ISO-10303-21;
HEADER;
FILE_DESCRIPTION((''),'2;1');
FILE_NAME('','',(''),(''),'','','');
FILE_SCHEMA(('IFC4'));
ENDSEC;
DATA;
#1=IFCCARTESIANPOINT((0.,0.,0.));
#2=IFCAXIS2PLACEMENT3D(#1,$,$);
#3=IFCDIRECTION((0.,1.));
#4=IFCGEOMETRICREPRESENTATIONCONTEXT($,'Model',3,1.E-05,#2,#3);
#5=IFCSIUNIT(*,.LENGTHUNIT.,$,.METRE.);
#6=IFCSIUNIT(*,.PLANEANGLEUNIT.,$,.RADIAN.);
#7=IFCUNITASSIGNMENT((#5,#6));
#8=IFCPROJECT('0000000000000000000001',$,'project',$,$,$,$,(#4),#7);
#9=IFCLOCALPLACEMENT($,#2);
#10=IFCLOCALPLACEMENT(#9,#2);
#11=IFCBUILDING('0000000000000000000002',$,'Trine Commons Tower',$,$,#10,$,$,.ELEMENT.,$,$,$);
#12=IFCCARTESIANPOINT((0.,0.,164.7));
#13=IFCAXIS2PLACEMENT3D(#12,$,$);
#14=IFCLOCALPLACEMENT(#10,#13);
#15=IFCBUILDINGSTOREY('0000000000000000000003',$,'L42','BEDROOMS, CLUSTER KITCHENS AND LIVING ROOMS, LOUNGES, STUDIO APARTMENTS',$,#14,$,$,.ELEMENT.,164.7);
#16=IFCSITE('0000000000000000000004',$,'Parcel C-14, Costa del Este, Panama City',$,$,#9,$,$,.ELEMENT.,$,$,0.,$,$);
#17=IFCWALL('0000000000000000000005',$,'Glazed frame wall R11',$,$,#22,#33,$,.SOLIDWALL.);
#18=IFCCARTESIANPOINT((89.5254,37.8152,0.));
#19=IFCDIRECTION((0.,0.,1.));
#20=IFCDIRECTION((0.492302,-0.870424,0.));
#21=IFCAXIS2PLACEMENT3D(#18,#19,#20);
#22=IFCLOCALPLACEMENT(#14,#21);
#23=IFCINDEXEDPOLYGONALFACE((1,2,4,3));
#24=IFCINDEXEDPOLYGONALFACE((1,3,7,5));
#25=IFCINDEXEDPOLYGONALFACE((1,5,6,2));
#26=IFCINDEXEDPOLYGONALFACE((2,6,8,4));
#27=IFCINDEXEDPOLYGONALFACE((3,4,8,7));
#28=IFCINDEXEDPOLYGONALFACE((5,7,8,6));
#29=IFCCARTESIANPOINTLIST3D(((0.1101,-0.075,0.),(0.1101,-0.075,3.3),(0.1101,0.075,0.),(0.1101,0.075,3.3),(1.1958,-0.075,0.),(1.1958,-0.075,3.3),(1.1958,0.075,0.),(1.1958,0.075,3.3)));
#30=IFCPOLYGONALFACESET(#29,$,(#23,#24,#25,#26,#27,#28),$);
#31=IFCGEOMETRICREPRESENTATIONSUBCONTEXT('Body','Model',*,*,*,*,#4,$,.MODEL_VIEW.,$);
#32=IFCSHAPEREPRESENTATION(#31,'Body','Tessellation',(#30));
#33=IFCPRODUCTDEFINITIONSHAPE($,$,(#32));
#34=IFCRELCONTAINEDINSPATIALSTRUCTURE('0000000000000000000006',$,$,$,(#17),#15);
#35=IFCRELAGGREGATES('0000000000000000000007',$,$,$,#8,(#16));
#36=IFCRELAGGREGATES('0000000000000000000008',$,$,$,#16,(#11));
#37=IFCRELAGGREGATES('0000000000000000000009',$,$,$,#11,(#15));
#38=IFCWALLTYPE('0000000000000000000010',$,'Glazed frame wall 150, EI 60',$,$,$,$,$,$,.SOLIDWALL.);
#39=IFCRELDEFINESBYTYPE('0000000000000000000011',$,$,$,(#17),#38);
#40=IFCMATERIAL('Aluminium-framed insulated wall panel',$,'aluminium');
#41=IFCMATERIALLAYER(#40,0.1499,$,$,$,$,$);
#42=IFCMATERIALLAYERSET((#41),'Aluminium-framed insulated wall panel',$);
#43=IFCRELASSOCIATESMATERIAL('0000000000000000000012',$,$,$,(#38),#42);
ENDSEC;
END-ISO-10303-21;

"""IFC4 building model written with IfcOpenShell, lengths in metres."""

from ifc_helpers import new_model, si_unit, direction, frame, origin, place, context, subcontext, project, spatial, polyline, outline, extrude, material, layer, layer_set, type_object, element, save


model = new_model("IFC4")

# Units and contexts
model_context = context("Model", 3, precision=1e-05, world=origin(), true_north=direction((0.0, 1.0)))
body_context = subcontext(model_context, "Body", "Model", "MODEL_VIEW")
ifc_project = project(units=[si_unit("LENGTHUNIT", "METRE"), si_unit("PLANEANGLEUNIT", "RADIAN")], contexts=[model_context])

# Site, building, storey
site_placement = place(None, origin())
site = spatial("IfcSite", under=ifc_project, at=site_placement, Name="Parcel C-14, Costa del Este, Panama City", CompositionType="ELEMENT", RefElevation=0.0)
building_placement = place(site_placement, origin())
building = spatial("IfcBuilding", under=site, at=building_placement, Name="Trine Commons Tower", CompositionType="ELEMENT")
storey_placement = place(building_placement, frame((0.0, 0.0, 164.7)))
storey = spatial("IfcBuildingStorey", under=building, at=storey_placement, Name="L42", Description="BEDROOMS, CLUSTER KITCHENS AND LIVING ROOMS, LOUNGES, STUDIO APARTMENTS", CompositionType="ELEMENT", Elevation=164.7)

# Wall
ifc_material_1 = material(Name="Aluminium-framed insulated wall panel", Category="aluminium")
ifc_layer_1 = layer(ifc_material_1, 0.1499)
ifc_layer_set_1 = layer_set([ifc_layer_1], Name="Aluminium-framed insulated wall panel")
wall_type_1 = type_object("IfcWallType", Name="Glazed frame wall 150, EI 60", PredefinedType="SOLIDWALL", material=ifc_layer_set_1)
wall_1_placement = place(storey_placement, frame((89.5254, 37.8152, 0.0), z_axis=(0.0, 0.0, 1.0), x_axis=(0.492302, -0.870424, 0.0)))
element("IfcWall", 1, at=wall_1_placement, inside=storey, type_object=wall_type_1, Name="Glazed frame wall R11", PredefinedType="SOLIDWALL", context=body_context, shape_type="SweptSolid", body=[
    extrude(outline(polyline([(0.1101, 0.075), (0.1101, -0.075), (1.1958, -0.075), (1.1958, 0.075), (0.1101, 0.075)])), origin(), (0.0, 0.0, 1.0), 3.3),
])

save(model, "model.ifc")
